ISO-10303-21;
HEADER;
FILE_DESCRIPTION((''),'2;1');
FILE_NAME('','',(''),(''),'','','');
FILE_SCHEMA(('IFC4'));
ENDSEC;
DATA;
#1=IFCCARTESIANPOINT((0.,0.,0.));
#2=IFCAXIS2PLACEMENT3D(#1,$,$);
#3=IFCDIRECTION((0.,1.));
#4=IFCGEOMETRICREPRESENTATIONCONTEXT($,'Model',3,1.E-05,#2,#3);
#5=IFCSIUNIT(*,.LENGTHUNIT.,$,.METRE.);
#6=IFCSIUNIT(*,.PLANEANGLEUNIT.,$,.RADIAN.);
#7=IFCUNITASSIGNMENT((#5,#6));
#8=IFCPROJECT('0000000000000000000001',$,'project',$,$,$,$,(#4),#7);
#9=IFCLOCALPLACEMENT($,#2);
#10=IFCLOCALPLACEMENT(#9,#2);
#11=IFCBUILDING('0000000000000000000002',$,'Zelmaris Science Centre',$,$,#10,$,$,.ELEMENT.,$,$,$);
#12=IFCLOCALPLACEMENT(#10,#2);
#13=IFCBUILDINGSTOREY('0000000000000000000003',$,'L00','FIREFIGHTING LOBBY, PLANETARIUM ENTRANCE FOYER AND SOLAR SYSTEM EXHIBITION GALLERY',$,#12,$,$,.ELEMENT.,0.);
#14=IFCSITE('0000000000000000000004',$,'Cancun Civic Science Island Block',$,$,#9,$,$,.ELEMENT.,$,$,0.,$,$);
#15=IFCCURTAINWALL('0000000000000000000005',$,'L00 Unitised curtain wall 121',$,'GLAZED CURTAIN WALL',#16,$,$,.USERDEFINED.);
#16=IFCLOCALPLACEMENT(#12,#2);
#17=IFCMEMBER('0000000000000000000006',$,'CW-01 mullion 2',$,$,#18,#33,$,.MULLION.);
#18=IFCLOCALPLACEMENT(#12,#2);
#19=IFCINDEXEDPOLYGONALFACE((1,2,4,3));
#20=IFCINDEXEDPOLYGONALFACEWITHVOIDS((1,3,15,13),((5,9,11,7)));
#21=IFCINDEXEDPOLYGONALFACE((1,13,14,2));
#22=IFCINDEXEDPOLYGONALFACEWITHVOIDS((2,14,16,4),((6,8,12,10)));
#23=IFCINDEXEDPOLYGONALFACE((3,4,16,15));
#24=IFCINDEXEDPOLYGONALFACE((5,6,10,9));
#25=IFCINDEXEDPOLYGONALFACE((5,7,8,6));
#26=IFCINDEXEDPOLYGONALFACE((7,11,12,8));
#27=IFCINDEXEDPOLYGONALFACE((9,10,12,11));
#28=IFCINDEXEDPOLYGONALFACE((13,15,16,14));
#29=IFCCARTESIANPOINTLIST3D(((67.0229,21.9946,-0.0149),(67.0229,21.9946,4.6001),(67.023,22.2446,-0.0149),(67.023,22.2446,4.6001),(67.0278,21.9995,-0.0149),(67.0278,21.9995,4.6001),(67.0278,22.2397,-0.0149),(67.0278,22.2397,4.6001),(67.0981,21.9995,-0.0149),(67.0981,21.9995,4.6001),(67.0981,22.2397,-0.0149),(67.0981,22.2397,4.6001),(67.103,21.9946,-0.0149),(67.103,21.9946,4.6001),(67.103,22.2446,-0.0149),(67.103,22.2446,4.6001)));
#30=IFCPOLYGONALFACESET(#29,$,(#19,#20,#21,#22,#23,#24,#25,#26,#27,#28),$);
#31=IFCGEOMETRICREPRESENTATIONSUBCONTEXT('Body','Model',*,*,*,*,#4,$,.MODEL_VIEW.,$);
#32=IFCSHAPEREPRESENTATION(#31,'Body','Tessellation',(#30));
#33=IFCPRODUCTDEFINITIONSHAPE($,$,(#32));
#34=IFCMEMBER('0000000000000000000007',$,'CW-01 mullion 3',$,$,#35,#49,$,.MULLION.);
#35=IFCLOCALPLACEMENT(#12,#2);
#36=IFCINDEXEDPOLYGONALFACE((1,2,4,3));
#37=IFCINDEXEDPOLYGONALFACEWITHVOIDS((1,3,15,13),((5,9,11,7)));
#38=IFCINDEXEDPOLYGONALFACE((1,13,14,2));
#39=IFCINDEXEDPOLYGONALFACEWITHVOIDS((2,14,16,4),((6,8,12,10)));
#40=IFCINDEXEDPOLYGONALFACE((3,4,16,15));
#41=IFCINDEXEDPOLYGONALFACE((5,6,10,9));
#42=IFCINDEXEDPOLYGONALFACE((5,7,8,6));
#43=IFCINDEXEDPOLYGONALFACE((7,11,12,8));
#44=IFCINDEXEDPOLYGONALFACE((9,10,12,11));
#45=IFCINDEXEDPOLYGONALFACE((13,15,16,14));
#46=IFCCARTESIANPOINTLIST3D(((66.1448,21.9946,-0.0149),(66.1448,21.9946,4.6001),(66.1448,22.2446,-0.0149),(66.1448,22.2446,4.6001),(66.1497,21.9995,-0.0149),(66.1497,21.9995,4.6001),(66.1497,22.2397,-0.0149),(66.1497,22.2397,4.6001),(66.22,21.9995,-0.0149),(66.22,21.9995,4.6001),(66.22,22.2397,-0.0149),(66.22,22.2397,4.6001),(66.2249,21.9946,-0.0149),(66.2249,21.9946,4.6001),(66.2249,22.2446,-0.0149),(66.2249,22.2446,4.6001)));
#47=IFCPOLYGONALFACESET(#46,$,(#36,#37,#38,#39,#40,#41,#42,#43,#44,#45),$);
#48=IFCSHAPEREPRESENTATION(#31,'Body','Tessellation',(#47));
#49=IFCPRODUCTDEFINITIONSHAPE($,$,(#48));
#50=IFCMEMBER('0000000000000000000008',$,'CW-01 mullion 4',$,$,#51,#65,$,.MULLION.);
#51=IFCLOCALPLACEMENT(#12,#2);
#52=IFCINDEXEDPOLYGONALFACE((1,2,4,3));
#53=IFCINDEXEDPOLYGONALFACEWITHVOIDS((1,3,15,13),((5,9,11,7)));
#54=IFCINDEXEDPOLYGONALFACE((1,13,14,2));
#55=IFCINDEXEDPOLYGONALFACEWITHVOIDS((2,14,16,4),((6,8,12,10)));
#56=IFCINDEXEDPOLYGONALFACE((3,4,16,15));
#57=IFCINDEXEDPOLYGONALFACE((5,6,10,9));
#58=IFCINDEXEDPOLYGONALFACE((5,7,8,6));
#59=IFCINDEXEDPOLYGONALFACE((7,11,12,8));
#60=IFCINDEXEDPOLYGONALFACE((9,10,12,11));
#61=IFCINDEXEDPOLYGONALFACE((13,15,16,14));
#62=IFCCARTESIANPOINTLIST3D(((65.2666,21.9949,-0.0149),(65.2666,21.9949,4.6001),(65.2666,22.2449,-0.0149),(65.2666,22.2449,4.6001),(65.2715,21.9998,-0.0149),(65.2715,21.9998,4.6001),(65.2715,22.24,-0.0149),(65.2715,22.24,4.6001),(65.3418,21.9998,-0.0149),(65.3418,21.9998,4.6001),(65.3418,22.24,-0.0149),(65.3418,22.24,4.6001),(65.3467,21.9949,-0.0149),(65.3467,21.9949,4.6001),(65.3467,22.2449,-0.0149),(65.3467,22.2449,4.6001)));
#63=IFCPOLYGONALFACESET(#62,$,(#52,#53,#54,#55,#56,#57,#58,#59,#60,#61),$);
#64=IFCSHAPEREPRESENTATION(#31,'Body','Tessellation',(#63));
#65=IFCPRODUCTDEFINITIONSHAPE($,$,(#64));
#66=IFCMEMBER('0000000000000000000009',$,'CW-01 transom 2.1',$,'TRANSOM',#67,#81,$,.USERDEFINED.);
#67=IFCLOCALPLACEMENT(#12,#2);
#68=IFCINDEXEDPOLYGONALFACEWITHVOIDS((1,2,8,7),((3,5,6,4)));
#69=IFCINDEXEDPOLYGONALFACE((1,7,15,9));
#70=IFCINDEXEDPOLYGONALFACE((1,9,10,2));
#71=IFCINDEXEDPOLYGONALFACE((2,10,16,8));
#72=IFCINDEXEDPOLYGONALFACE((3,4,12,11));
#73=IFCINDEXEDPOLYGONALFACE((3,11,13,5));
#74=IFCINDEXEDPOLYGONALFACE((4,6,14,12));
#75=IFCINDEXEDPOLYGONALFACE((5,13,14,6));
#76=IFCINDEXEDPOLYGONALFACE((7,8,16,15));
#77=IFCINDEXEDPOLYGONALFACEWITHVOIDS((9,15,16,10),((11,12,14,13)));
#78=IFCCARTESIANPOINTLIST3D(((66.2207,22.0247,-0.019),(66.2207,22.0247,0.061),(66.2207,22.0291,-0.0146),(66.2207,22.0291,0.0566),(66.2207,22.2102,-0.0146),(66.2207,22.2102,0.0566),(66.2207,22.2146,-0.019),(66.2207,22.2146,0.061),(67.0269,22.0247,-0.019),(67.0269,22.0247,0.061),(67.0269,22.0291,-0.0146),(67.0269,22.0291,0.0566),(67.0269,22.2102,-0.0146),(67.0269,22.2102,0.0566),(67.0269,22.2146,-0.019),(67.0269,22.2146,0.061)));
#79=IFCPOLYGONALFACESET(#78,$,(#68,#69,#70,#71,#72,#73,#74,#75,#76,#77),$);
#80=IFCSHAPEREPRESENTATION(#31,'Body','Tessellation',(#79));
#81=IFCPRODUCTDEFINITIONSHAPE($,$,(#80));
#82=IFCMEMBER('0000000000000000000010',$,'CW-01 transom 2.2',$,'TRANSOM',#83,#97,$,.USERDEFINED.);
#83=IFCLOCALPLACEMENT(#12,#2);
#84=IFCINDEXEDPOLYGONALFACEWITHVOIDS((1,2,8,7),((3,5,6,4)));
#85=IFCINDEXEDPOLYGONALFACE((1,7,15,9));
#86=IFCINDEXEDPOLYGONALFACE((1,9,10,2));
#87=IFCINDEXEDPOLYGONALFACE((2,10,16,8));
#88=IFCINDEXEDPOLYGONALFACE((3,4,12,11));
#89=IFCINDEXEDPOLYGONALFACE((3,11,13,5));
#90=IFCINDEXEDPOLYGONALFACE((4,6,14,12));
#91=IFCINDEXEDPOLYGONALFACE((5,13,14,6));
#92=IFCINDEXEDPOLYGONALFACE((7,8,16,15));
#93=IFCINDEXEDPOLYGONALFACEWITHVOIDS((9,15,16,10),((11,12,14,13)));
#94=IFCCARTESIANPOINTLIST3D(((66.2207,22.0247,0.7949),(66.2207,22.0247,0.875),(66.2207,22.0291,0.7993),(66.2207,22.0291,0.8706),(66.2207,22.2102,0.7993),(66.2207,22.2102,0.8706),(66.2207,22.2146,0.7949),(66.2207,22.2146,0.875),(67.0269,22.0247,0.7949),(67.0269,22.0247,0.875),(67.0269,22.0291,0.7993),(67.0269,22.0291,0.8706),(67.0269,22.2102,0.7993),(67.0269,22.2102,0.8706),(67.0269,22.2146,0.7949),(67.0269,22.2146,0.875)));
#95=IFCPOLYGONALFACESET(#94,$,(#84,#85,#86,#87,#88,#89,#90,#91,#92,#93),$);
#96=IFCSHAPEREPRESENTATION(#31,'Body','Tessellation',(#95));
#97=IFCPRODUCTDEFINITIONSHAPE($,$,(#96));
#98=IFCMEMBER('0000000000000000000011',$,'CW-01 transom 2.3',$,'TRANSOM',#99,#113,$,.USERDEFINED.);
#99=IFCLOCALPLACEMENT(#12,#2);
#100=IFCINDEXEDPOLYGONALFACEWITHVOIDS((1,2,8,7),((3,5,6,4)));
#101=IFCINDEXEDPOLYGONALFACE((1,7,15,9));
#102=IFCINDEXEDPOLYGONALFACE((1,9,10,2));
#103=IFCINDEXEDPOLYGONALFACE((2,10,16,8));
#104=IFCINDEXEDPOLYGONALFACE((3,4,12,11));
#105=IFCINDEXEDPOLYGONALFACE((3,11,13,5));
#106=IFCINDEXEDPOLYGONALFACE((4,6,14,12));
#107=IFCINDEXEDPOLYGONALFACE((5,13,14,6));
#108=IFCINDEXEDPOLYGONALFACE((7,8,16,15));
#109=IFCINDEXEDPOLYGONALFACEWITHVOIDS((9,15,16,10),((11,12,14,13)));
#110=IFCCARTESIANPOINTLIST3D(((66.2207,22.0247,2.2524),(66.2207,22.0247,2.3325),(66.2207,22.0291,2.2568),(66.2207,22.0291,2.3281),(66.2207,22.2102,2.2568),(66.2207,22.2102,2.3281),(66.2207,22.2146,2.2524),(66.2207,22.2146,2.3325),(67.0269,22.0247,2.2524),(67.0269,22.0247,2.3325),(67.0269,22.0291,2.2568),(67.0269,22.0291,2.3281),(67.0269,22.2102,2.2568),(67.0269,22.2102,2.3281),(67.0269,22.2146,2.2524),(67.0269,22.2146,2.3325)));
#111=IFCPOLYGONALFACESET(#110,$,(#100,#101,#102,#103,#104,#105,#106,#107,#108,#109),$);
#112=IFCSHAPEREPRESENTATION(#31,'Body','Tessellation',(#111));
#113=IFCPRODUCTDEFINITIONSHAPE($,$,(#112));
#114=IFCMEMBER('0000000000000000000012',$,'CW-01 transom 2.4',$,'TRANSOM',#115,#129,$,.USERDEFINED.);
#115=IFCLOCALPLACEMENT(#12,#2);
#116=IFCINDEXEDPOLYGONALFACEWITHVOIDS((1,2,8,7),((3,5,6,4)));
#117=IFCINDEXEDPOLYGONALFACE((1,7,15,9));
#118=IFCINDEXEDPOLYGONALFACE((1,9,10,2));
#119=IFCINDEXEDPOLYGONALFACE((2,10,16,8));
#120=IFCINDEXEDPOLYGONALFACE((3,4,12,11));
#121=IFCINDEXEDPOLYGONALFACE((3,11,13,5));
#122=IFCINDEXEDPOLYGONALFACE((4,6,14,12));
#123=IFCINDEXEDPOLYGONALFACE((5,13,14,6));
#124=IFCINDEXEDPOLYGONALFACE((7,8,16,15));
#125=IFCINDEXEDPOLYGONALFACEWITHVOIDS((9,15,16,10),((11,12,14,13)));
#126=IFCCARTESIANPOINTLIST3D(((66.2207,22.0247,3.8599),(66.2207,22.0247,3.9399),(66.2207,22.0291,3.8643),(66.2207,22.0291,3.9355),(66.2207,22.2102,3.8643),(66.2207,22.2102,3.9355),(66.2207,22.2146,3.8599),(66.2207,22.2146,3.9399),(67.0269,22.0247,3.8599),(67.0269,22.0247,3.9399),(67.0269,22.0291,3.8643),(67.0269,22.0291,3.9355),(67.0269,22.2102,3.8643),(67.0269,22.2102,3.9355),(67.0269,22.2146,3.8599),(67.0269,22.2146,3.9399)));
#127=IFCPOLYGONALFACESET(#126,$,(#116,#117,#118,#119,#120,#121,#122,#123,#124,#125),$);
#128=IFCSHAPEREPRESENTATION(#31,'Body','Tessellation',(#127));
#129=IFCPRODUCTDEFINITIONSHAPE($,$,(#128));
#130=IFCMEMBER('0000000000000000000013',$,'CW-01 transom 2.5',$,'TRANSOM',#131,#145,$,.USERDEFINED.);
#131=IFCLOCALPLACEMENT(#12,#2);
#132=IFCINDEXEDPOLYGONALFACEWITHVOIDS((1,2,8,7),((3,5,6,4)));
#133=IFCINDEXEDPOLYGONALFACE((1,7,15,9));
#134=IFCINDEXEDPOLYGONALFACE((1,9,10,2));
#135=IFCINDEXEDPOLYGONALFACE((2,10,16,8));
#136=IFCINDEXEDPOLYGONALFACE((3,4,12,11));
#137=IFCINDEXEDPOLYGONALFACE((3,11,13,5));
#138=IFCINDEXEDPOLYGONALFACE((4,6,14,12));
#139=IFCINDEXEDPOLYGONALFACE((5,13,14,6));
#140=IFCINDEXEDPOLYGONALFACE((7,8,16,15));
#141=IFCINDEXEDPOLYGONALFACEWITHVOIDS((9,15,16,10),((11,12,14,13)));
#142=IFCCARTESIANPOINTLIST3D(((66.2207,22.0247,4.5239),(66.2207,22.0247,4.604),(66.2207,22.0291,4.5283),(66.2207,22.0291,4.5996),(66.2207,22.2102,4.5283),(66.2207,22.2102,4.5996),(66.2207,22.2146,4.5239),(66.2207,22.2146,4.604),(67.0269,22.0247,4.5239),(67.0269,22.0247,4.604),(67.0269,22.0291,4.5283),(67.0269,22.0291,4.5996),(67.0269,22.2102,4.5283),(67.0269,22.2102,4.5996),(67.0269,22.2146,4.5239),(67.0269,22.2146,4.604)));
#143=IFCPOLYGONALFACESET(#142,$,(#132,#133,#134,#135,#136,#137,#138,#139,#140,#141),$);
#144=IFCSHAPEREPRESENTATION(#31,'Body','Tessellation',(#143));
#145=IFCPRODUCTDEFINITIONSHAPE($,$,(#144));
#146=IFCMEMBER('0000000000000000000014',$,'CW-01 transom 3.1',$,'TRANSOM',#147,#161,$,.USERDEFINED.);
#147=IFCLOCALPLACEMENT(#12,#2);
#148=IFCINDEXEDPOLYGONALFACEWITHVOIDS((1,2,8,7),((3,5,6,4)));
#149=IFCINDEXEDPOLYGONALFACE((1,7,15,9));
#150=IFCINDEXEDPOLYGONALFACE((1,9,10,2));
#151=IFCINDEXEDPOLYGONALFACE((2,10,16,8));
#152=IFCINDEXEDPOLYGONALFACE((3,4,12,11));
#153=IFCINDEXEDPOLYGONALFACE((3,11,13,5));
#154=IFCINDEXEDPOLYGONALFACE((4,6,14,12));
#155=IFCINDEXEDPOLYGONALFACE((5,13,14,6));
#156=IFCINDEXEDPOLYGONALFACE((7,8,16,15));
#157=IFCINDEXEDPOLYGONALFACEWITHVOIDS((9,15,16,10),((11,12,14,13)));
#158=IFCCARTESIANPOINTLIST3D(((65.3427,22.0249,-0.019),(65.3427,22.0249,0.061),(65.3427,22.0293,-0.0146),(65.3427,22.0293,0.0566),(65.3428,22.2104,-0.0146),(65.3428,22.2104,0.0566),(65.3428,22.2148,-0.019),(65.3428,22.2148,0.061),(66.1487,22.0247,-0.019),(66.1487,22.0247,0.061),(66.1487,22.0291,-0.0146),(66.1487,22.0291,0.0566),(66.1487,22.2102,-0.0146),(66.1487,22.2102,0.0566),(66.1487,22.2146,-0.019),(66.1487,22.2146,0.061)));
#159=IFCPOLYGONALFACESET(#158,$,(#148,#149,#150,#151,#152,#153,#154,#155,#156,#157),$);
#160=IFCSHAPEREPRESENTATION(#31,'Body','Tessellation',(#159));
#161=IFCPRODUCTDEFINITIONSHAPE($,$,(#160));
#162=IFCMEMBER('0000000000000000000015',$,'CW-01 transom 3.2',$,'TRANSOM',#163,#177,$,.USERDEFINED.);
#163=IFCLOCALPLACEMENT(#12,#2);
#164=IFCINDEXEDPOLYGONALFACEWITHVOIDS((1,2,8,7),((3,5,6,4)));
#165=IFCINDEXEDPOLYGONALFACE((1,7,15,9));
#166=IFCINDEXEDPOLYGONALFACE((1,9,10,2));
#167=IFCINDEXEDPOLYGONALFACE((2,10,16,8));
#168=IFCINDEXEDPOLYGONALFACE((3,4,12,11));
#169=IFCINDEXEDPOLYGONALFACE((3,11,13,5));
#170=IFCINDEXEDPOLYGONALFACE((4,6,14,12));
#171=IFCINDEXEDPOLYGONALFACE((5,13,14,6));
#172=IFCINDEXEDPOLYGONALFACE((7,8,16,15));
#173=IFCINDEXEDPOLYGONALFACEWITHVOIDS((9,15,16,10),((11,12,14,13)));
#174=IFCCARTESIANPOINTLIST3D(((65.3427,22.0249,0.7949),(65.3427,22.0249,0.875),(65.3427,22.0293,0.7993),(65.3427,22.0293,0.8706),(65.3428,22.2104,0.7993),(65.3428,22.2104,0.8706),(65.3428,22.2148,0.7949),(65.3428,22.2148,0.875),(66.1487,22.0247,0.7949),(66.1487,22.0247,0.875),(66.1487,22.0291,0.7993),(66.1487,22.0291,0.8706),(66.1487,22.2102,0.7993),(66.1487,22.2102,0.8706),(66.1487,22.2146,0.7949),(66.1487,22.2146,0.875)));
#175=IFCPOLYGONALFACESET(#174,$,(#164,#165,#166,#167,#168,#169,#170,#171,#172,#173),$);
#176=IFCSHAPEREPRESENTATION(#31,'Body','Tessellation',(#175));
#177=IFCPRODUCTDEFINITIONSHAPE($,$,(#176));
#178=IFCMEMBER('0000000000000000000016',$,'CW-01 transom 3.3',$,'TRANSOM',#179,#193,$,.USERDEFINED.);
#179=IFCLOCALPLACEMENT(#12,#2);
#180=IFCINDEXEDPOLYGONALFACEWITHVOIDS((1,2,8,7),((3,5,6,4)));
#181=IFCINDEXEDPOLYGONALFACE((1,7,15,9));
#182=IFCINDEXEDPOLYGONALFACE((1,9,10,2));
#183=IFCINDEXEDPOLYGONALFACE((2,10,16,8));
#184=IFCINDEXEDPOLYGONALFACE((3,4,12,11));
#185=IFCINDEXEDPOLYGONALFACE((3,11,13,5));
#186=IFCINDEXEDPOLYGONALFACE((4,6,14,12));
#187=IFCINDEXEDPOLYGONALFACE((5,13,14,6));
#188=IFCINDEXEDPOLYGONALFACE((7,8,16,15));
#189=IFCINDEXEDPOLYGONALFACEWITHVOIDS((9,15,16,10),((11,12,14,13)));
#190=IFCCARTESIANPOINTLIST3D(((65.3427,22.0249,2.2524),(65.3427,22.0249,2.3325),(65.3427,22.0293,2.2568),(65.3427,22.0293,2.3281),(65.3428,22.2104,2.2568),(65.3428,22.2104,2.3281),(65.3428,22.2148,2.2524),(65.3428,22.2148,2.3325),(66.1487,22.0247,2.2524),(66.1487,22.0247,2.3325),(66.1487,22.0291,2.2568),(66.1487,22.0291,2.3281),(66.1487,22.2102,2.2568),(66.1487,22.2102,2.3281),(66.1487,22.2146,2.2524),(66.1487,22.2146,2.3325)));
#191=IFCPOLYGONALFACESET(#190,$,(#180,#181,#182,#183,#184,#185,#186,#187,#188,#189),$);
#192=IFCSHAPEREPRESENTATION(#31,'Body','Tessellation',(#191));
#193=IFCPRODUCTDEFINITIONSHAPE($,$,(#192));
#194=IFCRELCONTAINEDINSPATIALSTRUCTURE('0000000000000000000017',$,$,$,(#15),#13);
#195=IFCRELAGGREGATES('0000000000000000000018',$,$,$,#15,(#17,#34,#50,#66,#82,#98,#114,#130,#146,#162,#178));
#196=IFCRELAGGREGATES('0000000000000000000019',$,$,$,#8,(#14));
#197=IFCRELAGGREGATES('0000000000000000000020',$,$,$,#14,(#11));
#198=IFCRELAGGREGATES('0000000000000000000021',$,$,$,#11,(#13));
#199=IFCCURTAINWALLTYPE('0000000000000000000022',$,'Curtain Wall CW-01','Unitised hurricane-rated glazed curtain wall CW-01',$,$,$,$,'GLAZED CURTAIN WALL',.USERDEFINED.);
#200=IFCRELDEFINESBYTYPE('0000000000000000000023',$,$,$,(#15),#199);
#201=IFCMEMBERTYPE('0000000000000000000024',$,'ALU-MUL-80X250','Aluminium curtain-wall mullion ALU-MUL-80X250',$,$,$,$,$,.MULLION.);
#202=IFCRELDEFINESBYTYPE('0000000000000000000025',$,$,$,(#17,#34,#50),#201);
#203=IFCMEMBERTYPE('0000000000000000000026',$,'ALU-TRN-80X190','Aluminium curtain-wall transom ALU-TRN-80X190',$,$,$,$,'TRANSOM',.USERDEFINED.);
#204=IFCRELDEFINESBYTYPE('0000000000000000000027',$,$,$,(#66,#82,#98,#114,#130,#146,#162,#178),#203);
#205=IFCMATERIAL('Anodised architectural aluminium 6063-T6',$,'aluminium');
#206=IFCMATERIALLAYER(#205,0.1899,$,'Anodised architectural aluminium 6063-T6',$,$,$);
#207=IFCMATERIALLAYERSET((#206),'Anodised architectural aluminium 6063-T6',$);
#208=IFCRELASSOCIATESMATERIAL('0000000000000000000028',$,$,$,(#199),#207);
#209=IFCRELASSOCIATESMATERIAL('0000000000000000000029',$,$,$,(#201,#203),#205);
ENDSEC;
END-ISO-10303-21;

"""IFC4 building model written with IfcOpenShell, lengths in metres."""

from ifc_helpers import new_model, si_unit, direction, frame, origin, origin_2d, place, context, subcontext, project, spatial, hollow_rectangle, extrude, material, layer, layer_set, material_profile, profile_set, type_object, element, aggregate, save


model = new_model("IFC4")

# Units and contexts
model_context = context("Model", 3, precision=1e-05, world=origin(), true_north=direction((0.0, 1.0)))
body_context = subcontext(model_context, "Body", "Model", "MODEL_VIEW")
ifc_project = project(units=[si_unit("LENGTHUNIT", "METRE"), si_unit("PLANEANGLEUNIT", "RADIAN")], contexts=[model_context])

# Site, building, storey
site_placement = place(None, origin())
site = spatial("IfcSite", under=ifc_project, at=site_placement, Name="Cancun Civic Science Island Block", CompositionType="ELEMENT", RefElevation=0.0)
building_placement = place(site_placement, origin())
building = spatial("IfcBuilding", under=site, at=building_placement, Name="Zelmaris Science Centre", CompositionType="ELEMENT")
storey_placement = place(building_placement, origin())
storey = spatial("IfcBuildingStorey", under=building, at=storey_placement, Name="L00", Description="FIREFIGHTING LOBBY, PLANETARIUM ENTRANCE FOYER AND SOLAR SYSTEM EXHIBITION GALLERY", CompositionType="ELEMENT", Elevation=0.0)

# Curtain wall, members
ifc_material_1 = material(Name="Anodised architectural aluminium 6063-T6", Category="aluminium")
ifc_layer_1 = layer(ifc_material_1, 0.1899, Name="Anodised architectural aluminium 6063-T6")
ifc_layer_set_1 = layer_set([ifc_layer_1], Name="Anodised architectural aluminium 6063-T6")
curtain_wall_type = type_object("IfcCurtainWallType", Name="Curtain Wall CW-01", Description="Unitised hurricane-rated glazed curtain wall CW-01", ElementType="GLAZED CURTAIN WALL", PredefinedType="USERDEFINED", material=ifc_layer_set_1)
curtain_wall_placement = place(storey_placement, origin())
curtain_wall = element("IfcCurtainWall", 1, at=curtain_wall_placement, inside=storey, type_object=curtain_wall_type, Name="L00 Unitised curtain wall 121", ObjectType="GLAZED CURTAIN WALL", PredefinedType="USERDEFINED")
ifc_material_profile_1 = material_profile(ifc_material_1, hollow_rectangle(XDim=0.0801, YDim=0.25, WallThickness=0.0049, at=origin_2d()), Name="ALU-MUL-80X250")
ifc_profile_set_1 = profile_set([ifc_material_profile_1], Name="Anodised architectural aluminium 6063-T6")
member_type_1 = type_object("IfcMemberType", Name="ALU-MUL-80X250", Description="Aluminium curtain-wall mullion ALU-MUL-80X250", PredefinedType="MULLION", material=ifc_profile_set_1)
member_1_placement = place(storey_placement, frame((67.063, 22.1196, -0.0149), z_axis=(0.0, 0.0, 1.0), x_axis=(-1.0, 0.000019, 0.0)))
member_1 = element("IfcMember", 2, at=member_1_placement, type_object=member_type_1, Name="CW-01 mullion 2", PredefinedType="MULLION", context=body_context, shape_type="SweptSolid", body=[
    extrude(hollow_rectangle(XDim=0.0801, YDim=0.25, WallThickness=0.0049, at=origin_2d()), origin(), (0.0, 0.0, 1.0), 4.615),
])
member_2_placement = place(storey_placement, frame((66.1848, 22.1196, -0.0149), z_axis=(0.0, 0.0, 1.0), x_axis=(-1.0, 0.000019, 0.0)))
member_2 = element("IfcMember", 3, at=member_2_placement, type_object=member_type_1, Name="CW-01 mullion 3", PredefinedType="MULLION", context=body_context, shape_type="SweptSolid", body=[
    extrude(hollow_rectangle(XDim=0.0801, YDim=0.25, WallThickness=0.0049, at=origin_2d()), origin(), (0.0, 0.0, 1.0), 4.615),
])
member_3_placement = place(storey_placement, frame((65.3066, 22.1199, -0.0149), z_axis=(0.0, 0.0, 1.0), x_axis=(-1.0, 0.000019, 0.0)))
member_3 = element("IfcMember", 4, at=member_3_placement, type_object=member_type_1, Name="CW-01 mullion 4", PredefinedType="MULLION", context=body_context, shape_type="SweptSolid", body=[
    extrude(hollow_rectangle(XDim=0.0801, YDim=0.25, WallThickness=0.0049, at=origin_2d()), origin(), (0.0, 0.0, 1.0), 4.615),
])
ifc_material_profile_2 = material_profile(ifc_material_1, hollow_rectangle(XDim=0.0801, YDim=0.1899, WallThickness=0.0044, at=origin_2d()), Name="ALU-TRN-80X190")
ifc_profile_set_2 = profile_set([ifc_material_profile_2], Name="Anodised architectural aluminium 6063-T6")
member_type_2 = type_object("IfcMemberType", Name="ALU-TRN-80X190", Description="Aluminium curtain-wall transom ALU-TRN-80X190", ElementType="TRANSOM", PredefinedType="USERDEFINED", material=ifc_profile_set_2)
member_4_placement = place(storey_placement, frame((67.0269, 22.1196, 0.021), z_axis=(-1.0, 0.0, 0.0), x_axis=(0.0, 0.0, 1.0)))
member_4 = element("IfcMember", 5, at=member_4_placement, type_object=member_type_2, Name="CW-01 transom 2.1", ObjectType="TRANSOM", PredefinedType="USERDEFINED", context=body_context, shape_type="SweptSolid", body=[
    extrude(hollow_rectangle(XDim=0.0801, YDim=0.1899, WallThickness=0.0044, at=origin_2d()), origin(), (0.0, 0.0, 1.0), 0.8062),
])
member_5_placement = place(storey_placement, frame((67.0269, 22.1196, 0.835), z_axis=(-1.0, 0.0, 0.0), x_axis=(0.0, 0.0, 1.0)))
member_5 = element("IfcMember", 6, at=member_5_placement, type_object=member_type_2, Name="CW-01 transom 2.2", ObjectType="TRANSOM", PredefinedType="USERDEFINED", context=body_context, shape_type="SweptSolid", body=[
    extrude(hollow_rectangle(XDim=0.0801, YDim=0.1899, WallThickness=0.0044, at=origin_2d()), origin(), (0.0, 0.0, 1.0), 0.8062),
])
member_6_placement = place(storey_placement, frame((67.0269, 22.1196, 2.2925), z_axis=(-1.0, 0.0, 0.0), x_axis=(0.0, 0.0, 1.0)))
member_6 = element("IfcMember", 7, at=member_6_placement, type_object=member_type_2, Name="CW-01 transom 2.3", ObjectType="TRANSOM", PredefinedType="USERDEFINED", context=body_context, shape_type="SweptSolid", body=[
    extrude(hollow_rectangle(XDim=0.0801, YDim=0.1899, WallThickness=0.0044, at=origin_2d()), origin(), (0.0, 0.0, 1.0), 0.8062),
])
member_7_placement = place(storey_placement, frame((67.0269, 22.1196, 3.8999), z_axis=(-1.0, 0.0, 0.0), x_axis=(0.0, 0.0, 1.0)))
member_7 = element("IfcMember", 8, at=member_7_placement, type_object=member_type_2, Name="CW-01 transom 2.4", ObjectType="TRANSOM", PredefinedType="USERDEFINED", context=body_context, shape_type="SweptSolid", body=[
    extrude(hollow_rectangle(XDim=0.0801, YDim=0.1899, WallThickness=0.0044, at=origin_2d()), origin(), (0.0, 0.0, 1.0), 0.8062),
])
member_8_placement = place(storey_placement, frame((67.0269, 22.1196, 4.564), z_axis=(-1.0, 0.0, 0.0), x_axis=(0.0, 0.0, 1.0)))
member_8 = element("IfcMember", 9, at=member_8_placement, type_object=member_type_2, Name="CW-01 transom 2.5", ObjectType="TRANSOM", PredefinedType="USERDEFINED", context=body_context, shape_type="SweptSolid", body=[
    extrude(hollow_rectangle(XDim=0.0801, YDim=0.1899, WallThickness=0.0044, at=origin_2d()), origin(), (0.0, 0.0, 1.0), 0.8062),
])
member_9_placement = place(storey_placement, frame((66.1487, 22.1196, 0.021), z_axis=(-1.0, 0.000303, 0.0), x_axis=(0.0, 0.0, 1.0)))
member_9 = element("IfcMember", 10, at=member_9_placement, type_object=member_type_2, Name="CW-01 transom 3.1", ObjectType="TRANSOM", PredefinedType="USERDEFINED", context=body_context, shape_type="SweptSolid", body=[
    extrude(hollow_rectangle(XDim=0.0801, YDim=0.1899, WallThickness=0.0044, at=origin_2d()), origin(), (0.0, 0.0, 1.0), 0.8059),
])
member_10_placement = place(storey_placement, frame((66.1487, 22.1196, 0.835), z_axis=(-1.0, 0.000303, 0.0), x_axis=(0.0, 0.0, 1.0)))
member_10 = element("IfcMember", 11, at=member_10_placement, type_object=member_type_2, Name="CW-01 transom 3.2", ObjectType="TRANSOM", PredefinedType="USERDEFINED", context=body_context, shape_type="SweptSolid", body=[
    extrude(hollow_rectangle(XDim=0.0801, YDim=0.1899, WallThickness=0.0044, at=origin_2d()), origin(), (0.0, 0.0, 1.0), 0.8059),
])
member_11_placement = place(storey_placement, frame((66.1487, 22.1196, 2.2925), z_axis=(-1.0, 0.000303, 0.0), x_axis=(0.0, 0.0, 1.0)))
member_11 = element("IfcMember", 12, at=member_11_placement, type_object=member_type_2, Name="CW-01 transom 3.3", ObjectType="TRANSOM", PredefinedType="USERDEFINED", context=body_context, shape_type="SweptSolid", body=[
    extrude(hollow_rectangle(XDim=0.0801, YDim=0.1899, WallThickness=0.0044, at=origin_2d()), origin(), (0.0, 0.0, 1.0), 0.8059),
])
aggregate(curtain_wall, [member_1, member_2, member_3, member_4, member_5, member_6, member_7, member_8, member_9, member_10, member_11])

save(model, "model.ifc")
